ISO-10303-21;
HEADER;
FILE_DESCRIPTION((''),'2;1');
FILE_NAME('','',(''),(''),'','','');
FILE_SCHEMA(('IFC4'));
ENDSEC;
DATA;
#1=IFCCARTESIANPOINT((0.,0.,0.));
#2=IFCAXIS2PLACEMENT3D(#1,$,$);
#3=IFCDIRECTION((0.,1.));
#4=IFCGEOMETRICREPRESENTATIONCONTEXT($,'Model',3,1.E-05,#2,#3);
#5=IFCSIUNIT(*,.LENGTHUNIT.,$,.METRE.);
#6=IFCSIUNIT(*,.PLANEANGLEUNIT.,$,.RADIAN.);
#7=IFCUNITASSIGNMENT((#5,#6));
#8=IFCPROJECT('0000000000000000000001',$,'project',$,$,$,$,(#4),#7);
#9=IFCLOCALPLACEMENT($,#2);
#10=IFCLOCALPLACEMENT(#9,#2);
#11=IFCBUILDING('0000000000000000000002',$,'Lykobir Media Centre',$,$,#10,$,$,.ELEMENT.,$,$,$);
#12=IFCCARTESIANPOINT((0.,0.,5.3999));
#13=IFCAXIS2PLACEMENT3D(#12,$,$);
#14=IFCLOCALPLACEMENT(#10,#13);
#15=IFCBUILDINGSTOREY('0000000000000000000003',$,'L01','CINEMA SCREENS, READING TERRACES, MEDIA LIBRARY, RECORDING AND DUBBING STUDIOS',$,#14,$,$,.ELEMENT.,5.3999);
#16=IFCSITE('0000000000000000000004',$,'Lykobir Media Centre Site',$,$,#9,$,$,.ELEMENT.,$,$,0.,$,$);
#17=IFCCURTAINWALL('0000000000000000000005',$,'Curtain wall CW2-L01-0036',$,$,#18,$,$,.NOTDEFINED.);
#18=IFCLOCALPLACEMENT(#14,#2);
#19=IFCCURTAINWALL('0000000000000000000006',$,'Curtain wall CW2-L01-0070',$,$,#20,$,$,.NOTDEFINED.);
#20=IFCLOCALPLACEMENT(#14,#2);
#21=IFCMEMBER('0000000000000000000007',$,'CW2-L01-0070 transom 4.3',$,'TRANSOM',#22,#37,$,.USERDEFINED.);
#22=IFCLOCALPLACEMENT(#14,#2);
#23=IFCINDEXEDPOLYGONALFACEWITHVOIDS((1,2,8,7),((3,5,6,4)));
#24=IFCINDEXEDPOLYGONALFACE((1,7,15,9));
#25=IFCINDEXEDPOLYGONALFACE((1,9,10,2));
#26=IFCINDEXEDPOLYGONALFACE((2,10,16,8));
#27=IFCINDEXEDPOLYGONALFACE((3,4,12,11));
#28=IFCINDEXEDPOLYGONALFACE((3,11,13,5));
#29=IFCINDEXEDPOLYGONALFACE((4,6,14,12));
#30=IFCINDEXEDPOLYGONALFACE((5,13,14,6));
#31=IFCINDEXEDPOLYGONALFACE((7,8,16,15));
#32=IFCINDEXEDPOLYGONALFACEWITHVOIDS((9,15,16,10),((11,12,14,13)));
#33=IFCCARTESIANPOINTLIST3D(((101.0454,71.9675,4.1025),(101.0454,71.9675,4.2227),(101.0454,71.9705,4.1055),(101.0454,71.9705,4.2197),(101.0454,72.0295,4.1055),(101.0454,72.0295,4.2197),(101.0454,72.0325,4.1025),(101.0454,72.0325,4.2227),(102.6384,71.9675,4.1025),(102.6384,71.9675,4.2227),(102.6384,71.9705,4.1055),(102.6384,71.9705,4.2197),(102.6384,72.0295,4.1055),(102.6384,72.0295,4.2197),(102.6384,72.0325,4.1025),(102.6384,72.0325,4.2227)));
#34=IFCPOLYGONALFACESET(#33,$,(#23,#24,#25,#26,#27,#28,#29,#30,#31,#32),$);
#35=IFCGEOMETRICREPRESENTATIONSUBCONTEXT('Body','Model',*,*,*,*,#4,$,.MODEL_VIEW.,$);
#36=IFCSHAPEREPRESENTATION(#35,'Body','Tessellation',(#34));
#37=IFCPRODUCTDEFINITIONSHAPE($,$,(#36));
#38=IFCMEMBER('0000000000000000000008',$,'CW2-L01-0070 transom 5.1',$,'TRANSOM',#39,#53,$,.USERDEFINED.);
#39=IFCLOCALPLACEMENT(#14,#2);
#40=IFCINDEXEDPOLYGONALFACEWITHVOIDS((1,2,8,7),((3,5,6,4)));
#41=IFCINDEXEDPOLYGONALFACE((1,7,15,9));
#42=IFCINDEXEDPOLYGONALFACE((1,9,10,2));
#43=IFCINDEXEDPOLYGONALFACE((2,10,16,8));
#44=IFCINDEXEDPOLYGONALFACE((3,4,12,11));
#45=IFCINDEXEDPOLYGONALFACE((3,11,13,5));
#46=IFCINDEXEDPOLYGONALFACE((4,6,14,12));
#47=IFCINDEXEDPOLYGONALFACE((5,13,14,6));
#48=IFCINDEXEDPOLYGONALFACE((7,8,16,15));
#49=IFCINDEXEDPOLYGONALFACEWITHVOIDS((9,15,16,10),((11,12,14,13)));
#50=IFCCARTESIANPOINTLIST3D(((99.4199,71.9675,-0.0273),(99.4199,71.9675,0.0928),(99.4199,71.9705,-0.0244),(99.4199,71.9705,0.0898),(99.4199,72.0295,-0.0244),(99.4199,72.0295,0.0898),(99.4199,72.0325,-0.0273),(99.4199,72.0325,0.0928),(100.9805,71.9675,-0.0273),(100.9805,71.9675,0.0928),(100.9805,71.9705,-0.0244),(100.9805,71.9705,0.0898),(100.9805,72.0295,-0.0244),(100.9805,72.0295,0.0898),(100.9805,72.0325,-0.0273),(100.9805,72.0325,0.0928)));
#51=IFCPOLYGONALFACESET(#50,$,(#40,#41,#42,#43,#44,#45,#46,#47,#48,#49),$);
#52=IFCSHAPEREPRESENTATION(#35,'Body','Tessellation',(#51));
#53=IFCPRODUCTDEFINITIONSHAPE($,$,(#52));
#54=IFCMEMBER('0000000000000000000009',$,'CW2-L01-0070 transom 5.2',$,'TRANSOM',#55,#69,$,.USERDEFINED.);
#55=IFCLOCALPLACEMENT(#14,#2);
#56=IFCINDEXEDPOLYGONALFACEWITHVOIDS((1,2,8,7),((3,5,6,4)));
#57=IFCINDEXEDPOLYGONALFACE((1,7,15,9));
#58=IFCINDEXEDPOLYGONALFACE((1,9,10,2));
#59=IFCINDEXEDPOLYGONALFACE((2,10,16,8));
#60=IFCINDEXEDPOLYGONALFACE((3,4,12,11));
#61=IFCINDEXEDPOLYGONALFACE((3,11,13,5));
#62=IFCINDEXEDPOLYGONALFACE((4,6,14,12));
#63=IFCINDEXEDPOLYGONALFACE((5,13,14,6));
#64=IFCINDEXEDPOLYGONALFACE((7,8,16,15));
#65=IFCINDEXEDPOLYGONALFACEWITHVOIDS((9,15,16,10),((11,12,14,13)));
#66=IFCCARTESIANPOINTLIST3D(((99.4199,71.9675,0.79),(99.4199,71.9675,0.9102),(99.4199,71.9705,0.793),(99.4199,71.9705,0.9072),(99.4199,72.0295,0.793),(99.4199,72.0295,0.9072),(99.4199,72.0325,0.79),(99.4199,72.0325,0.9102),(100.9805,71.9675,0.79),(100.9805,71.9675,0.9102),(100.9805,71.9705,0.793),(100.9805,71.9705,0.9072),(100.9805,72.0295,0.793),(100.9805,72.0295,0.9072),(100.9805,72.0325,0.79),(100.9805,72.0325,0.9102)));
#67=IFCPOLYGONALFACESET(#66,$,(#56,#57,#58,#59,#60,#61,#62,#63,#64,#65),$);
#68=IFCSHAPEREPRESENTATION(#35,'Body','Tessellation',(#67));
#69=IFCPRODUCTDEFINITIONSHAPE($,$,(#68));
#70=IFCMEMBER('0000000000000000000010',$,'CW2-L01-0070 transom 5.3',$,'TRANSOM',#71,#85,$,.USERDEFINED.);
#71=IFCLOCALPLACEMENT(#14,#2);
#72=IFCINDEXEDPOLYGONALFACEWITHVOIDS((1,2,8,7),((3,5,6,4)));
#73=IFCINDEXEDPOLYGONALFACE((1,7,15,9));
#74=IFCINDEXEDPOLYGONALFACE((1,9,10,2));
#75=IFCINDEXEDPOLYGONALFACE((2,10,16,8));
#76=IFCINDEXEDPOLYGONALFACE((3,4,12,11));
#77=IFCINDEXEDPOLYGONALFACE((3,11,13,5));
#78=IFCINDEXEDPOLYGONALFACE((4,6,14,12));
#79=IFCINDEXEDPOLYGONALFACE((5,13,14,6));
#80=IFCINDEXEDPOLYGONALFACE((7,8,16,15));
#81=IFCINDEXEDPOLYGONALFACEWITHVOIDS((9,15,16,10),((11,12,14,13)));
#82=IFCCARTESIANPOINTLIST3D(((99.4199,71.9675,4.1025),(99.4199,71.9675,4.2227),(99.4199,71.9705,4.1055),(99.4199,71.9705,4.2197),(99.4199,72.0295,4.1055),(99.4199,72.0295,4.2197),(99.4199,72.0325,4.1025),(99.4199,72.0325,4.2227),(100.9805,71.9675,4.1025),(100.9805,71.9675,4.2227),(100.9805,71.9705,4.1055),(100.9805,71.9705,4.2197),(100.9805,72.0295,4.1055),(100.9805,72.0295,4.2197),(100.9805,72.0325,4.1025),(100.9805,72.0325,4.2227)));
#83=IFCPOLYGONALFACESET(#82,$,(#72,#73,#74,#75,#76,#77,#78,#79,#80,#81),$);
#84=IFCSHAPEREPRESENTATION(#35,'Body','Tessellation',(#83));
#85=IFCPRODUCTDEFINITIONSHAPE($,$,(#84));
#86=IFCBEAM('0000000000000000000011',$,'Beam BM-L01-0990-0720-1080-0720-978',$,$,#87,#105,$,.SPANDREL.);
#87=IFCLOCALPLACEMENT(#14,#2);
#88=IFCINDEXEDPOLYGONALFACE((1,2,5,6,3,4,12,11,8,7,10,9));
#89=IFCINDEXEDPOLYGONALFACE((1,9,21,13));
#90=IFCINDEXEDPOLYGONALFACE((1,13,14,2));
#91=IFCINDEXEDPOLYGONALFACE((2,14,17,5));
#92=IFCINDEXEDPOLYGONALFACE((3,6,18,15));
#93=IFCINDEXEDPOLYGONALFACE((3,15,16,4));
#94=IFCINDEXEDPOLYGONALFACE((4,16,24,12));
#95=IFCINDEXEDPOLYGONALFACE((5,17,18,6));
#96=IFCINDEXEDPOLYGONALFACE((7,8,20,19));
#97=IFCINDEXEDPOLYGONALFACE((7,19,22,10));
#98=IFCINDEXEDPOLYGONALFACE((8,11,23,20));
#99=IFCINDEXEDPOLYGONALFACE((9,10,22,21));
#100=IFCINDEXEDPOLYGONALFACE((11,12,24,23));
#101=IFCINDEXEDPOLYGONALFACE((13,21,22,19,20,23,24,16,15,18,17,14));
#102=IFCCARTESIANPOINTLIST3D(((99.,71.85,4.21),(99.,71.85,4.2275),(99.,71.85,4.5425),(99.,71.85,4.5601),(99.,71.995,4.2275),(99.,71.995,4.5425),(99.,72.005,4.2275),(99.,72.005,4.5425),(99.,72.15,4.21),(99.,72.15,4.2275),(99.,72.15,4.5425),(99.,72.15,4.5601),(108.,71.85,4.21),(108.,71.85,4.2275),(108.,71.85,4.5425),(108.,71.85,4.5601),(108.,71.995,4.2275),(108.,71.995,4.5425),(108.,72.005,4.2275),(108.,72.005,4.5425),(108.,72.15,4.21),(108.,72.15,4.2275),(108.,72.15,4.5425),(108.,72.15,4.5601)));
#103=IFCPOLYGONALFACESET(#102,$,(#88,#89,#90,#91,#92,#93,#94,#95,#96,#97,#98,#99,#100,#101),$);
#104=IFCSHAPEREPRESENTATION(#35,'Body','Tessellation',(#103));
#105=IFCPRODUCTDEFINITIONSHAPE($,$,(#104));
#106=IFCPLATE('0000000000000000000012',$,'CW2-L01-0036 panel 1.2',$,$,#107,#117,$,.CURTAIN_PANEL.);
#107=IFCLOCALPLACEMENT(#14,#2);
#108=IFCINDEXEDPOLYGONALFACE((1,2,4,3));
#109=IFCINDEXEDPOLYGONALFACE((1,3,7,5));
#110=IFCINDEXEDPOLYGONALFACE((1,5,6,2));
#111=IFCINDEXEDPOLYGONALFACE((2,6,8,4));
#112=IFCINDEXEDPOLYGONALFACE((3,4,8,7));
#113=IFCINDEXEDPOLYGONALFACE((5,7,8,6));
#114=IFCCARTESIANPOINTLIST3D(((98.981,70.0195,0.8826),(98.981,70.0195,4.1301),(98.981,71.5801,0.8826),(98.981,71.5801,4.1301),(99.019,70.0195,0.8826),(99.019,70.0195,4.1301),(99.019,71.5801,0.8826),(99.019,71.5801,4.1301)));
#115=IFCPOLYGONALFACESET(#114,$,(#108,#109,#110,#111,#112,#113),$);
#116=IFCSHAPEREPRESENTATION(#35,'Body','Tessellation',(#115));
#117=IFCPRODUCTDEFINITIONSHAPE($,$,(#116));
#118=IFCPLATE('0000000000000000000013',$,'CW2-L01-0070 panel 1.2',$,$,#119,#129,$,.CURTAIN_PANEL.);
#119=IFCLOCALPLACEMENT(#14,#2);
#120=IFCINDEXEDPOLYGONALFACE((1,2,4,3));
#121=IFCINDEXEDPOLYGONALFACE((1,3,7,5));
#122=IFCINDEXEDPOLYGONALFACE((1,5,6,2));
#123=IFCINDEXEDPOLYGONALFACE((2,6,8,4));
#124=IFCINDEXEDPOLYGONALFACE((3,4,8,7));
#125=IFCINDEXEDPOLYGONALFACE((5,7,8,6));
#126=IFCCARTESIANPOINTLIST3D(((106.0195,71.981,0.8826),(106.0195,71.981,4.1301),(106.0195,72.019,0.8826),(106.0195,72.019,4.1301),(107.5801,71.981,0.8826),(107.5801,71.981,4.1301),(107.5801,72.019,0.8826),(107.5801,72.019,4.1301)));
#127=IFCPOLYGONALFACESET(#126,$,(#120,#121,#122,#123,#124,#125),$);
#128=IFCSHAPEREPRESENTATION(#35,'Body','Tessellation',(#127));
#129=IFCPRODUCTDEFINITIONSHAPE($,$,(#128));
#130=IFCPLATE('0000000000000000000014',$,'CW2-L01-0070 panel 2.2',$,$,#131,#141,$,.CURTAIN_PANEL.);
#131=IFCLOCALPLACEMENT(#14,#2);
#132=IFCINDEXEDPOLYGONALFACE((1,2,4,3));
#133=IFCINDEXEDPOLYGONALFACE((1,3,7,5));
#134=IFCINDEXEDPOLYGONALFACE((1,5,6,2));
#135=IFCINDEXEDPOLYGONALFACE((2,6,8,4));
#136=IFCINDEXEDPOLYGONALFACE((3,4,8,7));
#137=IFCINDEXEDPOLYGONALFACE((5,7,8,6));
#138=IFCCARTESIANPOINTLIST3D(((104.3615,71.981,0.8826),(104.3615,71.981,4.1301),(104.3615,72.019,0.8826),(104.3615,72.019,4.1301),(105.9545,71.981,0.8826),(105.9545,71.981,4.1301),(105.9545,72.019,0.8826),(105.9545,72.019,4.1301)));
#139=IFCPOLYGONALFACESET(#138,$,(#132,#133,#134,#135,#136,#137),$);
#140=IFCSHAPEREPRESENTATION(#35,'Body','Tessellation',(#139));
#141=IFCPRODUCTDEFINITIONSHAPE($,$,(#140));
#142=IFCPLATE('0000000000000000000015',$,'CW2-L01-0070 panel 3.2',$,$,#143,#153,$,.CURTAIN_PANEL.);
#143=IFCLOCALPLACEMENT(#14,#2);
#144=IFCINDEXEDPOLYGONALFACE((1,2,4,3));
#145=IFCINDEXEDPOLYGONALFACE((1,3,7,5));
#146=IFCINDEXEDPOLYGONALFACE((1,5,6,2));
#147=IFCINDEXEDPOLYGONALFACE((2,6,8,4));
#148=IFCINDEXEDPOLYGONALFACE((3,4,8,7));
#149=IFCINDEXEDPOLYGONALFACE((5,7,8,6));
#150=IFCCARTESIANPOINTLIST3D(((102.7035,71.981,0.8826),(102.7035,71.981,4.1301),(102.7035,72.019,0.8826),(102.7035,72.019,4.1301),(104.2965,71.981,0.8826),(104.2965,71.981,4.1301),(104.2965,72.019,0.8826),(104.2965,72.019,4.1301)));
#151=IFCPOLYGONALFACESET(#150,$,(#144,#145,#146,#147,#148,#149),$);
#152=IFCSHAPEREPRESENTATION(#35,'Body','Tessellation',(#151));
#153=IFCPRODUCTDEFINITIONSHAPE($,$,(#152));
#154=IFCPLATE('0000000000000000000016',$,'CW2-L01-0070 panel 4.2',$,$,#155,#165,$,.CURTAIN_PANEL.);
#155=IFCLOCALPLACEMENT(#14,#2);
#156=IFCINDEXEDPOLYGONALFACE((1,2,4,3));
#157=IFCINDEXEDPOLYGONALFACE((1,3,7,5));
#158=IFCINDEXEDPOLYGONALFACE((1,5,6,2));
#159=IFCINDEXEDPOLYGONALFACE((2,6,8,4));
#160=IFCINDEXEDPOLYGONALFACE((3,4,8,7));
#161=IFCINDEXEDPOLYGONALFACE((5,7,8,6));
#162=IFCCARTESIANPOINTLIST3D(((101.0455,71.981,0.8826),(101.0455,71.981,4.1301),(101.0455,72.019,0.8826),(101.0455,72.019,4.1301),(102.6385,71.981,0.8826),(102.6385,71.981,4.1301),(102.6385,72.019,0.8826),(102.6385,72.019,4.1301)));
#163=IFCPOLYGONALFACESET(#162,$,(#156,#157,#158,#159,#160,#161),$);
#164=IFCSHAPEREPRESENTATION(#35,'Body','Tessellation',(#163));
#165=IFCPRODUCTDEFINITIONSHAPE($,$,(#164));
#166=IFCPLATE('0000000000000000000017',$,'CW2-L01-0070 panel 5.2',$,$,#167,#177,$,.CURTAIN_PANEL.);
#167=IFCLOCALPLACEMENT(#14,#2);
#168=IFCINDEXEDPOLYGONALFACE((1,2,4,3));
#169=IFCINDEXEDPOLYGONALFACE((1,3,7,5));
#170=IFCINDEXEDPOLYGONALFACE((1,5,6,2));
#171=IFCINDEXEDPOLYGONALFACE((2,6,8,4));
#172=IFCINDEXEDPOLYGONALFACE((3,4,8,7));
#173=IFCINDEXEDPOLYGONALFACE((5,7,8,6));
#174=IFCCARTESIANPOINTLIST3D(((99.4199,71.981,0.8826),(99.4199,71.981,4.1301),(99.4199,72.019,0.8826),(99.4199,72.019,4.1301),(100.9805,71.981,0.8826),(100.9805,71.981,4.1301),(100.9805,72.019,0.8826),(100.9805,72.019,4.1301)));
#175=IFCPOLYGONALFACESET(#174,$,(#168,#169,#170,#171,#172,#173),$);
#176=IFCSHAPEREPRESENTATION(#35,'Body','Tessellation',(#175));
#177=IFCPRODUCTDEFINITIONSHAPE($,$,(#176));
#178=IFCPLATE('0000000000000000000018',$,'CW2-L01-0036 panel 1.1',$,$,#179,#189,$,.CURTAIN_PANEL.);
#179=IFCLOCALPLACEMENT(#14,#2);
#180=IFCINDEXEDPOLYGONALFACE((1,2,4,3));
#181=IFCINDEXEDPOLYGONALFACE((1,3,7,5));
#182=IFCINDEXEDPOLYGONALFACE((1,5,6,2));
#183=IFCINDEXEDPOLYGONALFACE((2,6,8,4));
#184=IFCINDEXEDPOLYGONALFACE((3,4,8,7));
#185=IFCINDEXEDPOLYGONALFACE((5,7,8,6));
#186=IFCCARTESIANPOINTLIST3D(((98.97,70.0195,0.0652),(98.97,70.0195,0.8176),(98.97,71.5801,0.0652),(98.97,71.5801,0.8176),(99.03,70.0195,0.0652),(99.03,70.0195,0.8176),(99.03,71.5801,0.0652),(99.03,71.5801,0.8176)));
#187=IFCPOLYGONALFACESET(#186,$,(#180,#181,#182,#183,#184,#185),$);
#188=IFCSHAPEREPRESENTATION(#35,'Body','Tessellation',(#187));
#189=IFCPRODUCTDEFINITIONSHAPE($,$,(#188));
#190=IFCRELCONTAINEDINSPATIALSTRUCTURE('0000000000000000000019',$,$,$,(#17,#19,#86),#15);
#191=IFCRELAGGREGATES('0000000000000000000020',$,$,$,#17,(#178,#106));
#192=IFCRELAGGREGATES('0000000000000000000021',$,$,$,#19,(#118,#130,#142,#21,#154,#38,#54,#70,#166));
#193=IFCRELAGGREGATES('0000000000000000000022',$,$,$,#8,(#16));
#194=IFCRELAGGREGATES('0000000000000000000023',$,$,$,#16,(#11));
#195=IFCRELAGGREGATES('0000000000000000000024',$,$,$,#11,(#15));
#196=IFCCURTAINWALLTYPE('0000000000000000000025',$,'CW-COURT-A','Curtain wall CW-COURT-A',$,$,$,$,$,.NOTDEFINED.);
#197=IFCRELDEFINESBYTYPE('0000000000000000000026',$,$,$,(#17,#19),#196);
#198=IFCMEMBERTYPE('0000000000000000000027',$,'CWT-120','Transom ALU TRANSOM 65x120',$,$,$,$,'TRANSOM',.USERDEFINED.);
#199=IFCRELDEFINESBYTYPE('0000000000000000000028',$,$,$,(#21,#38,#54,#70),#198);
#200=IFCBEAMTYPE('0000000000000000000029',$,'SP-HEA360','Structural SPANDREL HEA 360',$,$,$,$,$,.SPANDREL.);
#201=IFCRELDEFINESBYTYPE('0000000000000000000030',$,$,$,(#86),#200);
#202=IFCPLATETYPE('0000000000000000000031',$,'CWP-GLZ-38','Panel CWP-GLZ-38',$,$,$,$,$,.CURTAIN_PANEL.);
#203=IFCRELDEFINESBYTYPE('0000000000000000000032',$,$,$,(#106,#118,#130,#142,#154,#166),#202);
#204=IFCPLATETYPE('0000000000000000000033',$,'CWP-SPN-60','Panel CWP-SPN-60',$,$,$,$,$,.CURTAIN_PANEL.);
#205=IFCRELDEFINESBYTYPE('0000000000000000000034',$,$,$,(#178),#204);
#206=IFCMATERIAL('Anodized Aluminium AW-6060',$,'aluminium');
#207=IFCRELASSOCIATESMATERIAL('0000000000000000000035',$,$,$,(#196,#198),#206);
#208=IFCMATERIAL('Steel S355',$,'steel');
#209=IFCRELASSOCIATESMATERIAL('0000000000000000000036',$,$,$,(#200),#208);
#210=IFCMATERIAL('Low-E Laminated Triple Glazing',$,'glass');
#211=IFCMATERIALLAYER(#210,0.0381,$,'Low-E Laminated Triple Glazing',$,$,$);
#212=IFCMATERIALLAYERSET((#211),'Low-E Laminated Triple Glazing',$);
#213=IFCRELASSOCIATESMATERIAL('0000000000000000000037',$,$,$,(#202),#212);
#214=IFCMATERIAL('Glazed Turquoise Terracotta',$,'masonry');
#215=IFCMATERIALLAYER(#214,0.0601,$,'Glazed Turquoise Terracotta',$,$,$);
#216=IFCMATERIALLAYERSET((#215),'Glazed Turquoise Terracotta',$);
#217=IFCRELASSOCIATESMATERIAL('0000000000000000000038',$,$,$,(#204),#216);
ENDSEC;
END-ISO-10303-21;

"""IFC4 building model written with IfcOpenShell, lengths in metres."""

from ifc_helpers import new_model, si_unit, direction, frame, origin, origin_2d, place, context, subcontext, project, spatial, rectangle, hollow_rectangle, i_section, extrude, material, layer, layer_set, material_profile, profile_set, type_object, element, aggregate, save


model = new_model("IFC4")

# Units and contexts
model_context = context("Model", 3, precision=1e-05, world=origin(), true_north=direction((0.0, 1.0)))
body_context = subcontext(model_context, "Body", "Model", "MODEL_VIEW")
ifc_project = project(units=[si_unit("LENGTHUNIT", "METRE"), si_unit("PLANEANGLEUNIT", "RADIAN")], contexts=[model_context])

# Site, building, storey
site_placement = place(None, origin())
site = spatial("IfcSite", under=ifc_project, at=site_placement, Name="Lykobir Media Centre Site", CompositionType="ELEMENT", RefElevation=0.0)
building_placement = place(site_placement, origin())
building = spatial("IfcBuilding", under=site, at=building_placement, Name="Lykobir Media Centre", CompositionType="ELEMENT")
storey_placement = place(building_placement, frame((0.0, 0.0, 5.3999)))
storey = spatial("IfcBuildingStorey", under=building, at=storey_placement, Name="L01", Description="CINEMA SCREENS, READING TERRACES, MEDIA LIBRARY, RECORDING AND DUBBING STUDIOS", CompositionType="ELEMENT", Elevation=5.3999)

# Shared definitions
ifc_material_1 = material(Name="Steel S355", Category="steel")

# Curtain walls
ifc_material_2 = material(Name="Anodized Aluminium AW-6060", Category="aluminium")
curtain_wall_type = type_object("IfcCurtainWallType", Name="CW-COURT-A", Description="Curtain wall CW-COURT-A", PredefinedType="NOTDEFINED", material=ifc_material_2)
curtain_wall_1_placement = place(storey_placement, origin())
curtain_wall_1 = element("IfcCurtainWall", 1, at=curtain_wall_1_placement, inside=storey, type_object=curtain_wall_type, Name="Curtain wall CW2-L01-0036", PredefinedType="NOTDEFINED")
curtain_wall_2_placement = place(storey_placement, origin())
curtain_wall_2 = element("IfcCurtainWall", 2, at=curtain_wall_2_placement, inside=storey, type_object=curtain_wall_type, Name="Curtain wall CW2-L01-0070", PredefinedType="NOTDEFINED")

# Members
ifc_material_profile_1 = material_profile(ifc_material_2, hollow_rectangle(XDim=0.0649, YDim=0.1201, WallThickness=0.0029, at=origin_2d()), Name="ALU TRANSOM 65x120")
ifc_profile_set_1 = profile_set([ifc_material_profile_1], Name="Anodized Aluminium AW-6060")
member_type_1 = type_object("IfcMemberType", Name="CWT-120", Description="Transom ALU TRANSOM 65x120", ElementType="TRANSOM", PredefinedType="USERDEFINED", material=ifc_profile_set_1)
member_1_placement = place(storey_placement, frame((102.6384, 72.0, 4.1626), z_axis=(-1.0, 0.0, 0.0), x_axis=(0.0, -1.0, 0.0)))
member_1 = element("IfcMember", 3, at=member_1_placement, type_object=member_type_1, Name="CW2-L01-0070 transom 4.3", ObjectType="TRANSOM", PredefinedType="USERDEFINED", context=body_context, shape_type="SweptSolid", body=[
    extrude(hollow_rectangle(XDim=0.0649, YDim=0.1201, WallThickness=0.0029, at=origin_2d()), origin(), (0.0, 0.0, 1.0), 1.593),
])
member_2_placement = place(storey_placement, frame((100.9805, 72.0, 0.0327), z_axis=(-1.0, 0.0, 0.0), x_axis=(0.0, -1.0, 0.0)))
member_2 = element("IfcMember", 4, at=member_2_placement, type_object=member_type_1, Name="CW2-L01-0070 transom 5.1", ObjectType="TRANSOM", PredefinedType="USERDEFINED", context=body_context, shape_type="SweptSolid", body=[
    extrude(hollow_rectangle(XDim=0.0649, YDim=0.1201, WallThickness=0.0029, at=origin_2d()), origin(), (0.0, 0.0, 1.0), 1.5605),
])
member_3_placement = place(storey_placement, frame((100.9805, 72.0, 0.8501), z_axis=(-1.0, 0.0, 0.0), x_axis=(0.0, -1.0, 0.0)))
member_3 = element("IfcMember", 5, at=member_3_placement, type_object=member_type_1, Name="CW2-L01-0070 transom 5.2", ObjectType="TRANSOM", PredefinedType="USERDEFINED", context=body_context, shape_type="SweptSolid", body=[
    extrude(hollow_rectangle(XDim=0.0649, YDim=0.1201, WallThickness=0.0029, at=origin_2d()), origin(), (0.0, 0.0, 1.0), 1.5605),
])
member_4_placement = place(storey_placement, frame((100.9805, 72.0, 4.1626), z_axis=(-1.0, 0.0, 0.0), x_axis=(0.0, -1.0, 0.0)))
member_4 = element("IfcMember", 6, at=member_4_placement, type_object=member_type_1, Name="CW2-L01-0070 transom 5.3", ObjectType="TRANSOM", PredefinedType="USERDEFINED", context=body_context, shape_type="SweptSolid", body=[
    extrude(hollow_rectangle(XDim=0.0649, YDim=0.1201, WallThickness=0.0029, at=origin_2d()), origin(), (0.0, 0.0, 1.0), 1.5605),
])

# Beam
ifc_material_profile_2 = material_profile(ifc_material_1, i_section(OverallWidth=0.3, OverallDepth=0.3501, WebThickness=0.01, FlangeThickness=0.0176, at=origin_2d()), Name="HEA 360")
ifc_profile_set_2 = profile_set([ifc_material_profile_2], Name="Steel S355")
beam_type_1 = type_object("IfcBeamType", Name="SP-HEA360", Description="Structural SPANDREL HEA 360", PredefinedType="SPANDREL", material=ifc_profile_set_2)
beam_1_placement = place(storey_placement, frame((99.0, 72.0, 4.385), z_axis=(1.0, 0.0, 0.0), x_axis=(0.0, 1.0, 0.0)))
element("IfcBeam", 7, at=beam_1_placement, inside=storey, type_object=beam_type_1, Name="Beam BM-L01-0990-0720-1080-0720-978", PredefinedType="SPANDREL", context=body_context, shape_type="SweptSolid", body=[
    extrude(i_section(OverallWidth=0.3, OverallDepth=0.3501, WebThickness=0.01, FlangeThickness=0.0176, at=origin_2d()), origin(), (0.0, 0.0, 1.0), 9.0),
])

# Plates
ifc_material_3 = material(Name="Low-E Laminated Triple Glazing", Category="glass")
ifc_layer_1 = layer(ifc_material_3, 0.0381, Name="Low-E Laminated Triple Glazing")
ifc_layer_set_1 = layer_set([ifc_layer_1], Name="Low-E Laminated Triple Glazing")
plate_type_1 = type_object("IfcPlateType", Name="CWP-GLZ-38", Description="Panel CWP-GLZ-38", PredefinedType="CURTAIN_PANEL", material=ifc_layer_set_1)
plate_1_placement = place(storey_placement, frame((99.0, 70.7998, 0.8826), z_axis=(0.0, 0.0, 1.0), x_axis=(0.0, -1.0, 0.0)))
plate_1 = element("IfcPlate", 8, at=plate_1_placement, type_object=plate_type_1, Name="CW2-L01-0036 panel 1.2", PredefinedType="CURTAIN_PANEL", context=body_context, shape_type="SweptSolid", body=[
    extrude(rectangle(XDim=1.5605, YDim=0.0381, at=origin_2d()), origin(), (0.0, 0.0, 1.0), 3.2476),
])
plate_2_placement = place(storey_placement, frame((106.7998, 72.0, 0.8826), z_axis=(0.0, 0.0, 1.0), x_axis=(-1.0, 0.0, 0.0)))
plate_2 = element("IfcPlate", 9, at=plate_2_placement, type_object=plate_type_1, Name="CW2-L01-0070 panel 1.2", PredefinedType="CURTAIN_PANEL", context=body_context, shape_type="SweptSolid", body=[
    extrude(rectangle(XDim=1.5605, YDim=0.0381, at=origin_2d()), origin(), (0.0, 0.0, 1.0), 3.2476),
])
plate_3_placement = place(storey_placement, frame((105.158, 72.0, 0.8826), z_axis=(0.0, 0.0, 1.0), x_axis=(-1.0, 0.0, 0.0)))
plate_3 = element("IfcPlate", 10, at=plate_3_placement, type_object=plate_type_1, Name="CW2-L01-0070 panel 2.2", PredefinedType="CURTAIN_PANEL", context=body_context, shape_type="SweptSolid", body=[
    extrude(rectangle(XDim=1.593, YDim=0.0381, at=origin_2d()), origin(), (0.0, 0.0, 1.0), 3.2476),
])
plate_4_placement = place(storey_placement, frame((103.5, 72.0, 0.8826), z_axis=(0.0, 0.0, 1.0), x_axis=(-1.0, 0.0, 0.0)))
plate_4 = element("IfcPlate", 11, at=plate_4_placement, type_object=plate_type_1, Name="CW2-L01-0070 panel 3.2", PredefinedType="CURTAIN_PANEL", context=body_context, shape_type="SweptSolid", body=[
    extrude(rectangle(XDim=1.593, YDim=0.0381, at=origin_2d()), origin(), (0.0, 0.0, 1.0), 3.2476),
])
plate_5_placement = place(storey_placement, frame((101.842, 72.0, 0.8826), z_axis=(0.0, 0.0, 1.0), x_axis=(-1.0, 0.0, 0.0)))
plate_5 = element("IfcPlate", 12, at=plate_5_placement, type_object=plate_type_1, Name="CW2-L01-0070 panel 4.2", PredefinedType="CURTAIN_PANEL", context=body_context, shape_type="SweptSolid", body=[
    extrude(rectangle(XDim=1.593, YDim=0.0381, at=origin_2d()), origin(), (0.0, 0.0, 1.0), 3.2476),
])
plate_6_placement = place(storey_placement, frame((100.2002, 72.0, 0.8826), z_axis=(0.0, 0.0, 1.0), x_axis=(-1.0, 0.0, 0.0)))
plate_6 = element("IfcPlate", 13, at=plate_6_placement, type_object=plate_type_1, Name="CW2-L01-0070 panel 5.2", PredefinedType="CURTAIN_PANEL", context=body_context, shape_type="SweptSolid", body=[
    extrude(rectangle(XDim=1.5605, YDim=0.0381, at=origin_2d()), origin(), (0.0, 0.0, 1.0), 3.2476),
])
ifc_material_4 = material(Name="Glazed Turquoise Terracotta", Category="masonry")
ifc_layer_2 = layer(ifc_material_4, 0.0601, Name="Glazed Turquoise Terracotta")
ifc_layer_set_2 = layer_set([ifc_layer_2], Name="Glazed Turquoise Terracotta")
plate_type_2 = type_object("IfcPlateType", Name="CWP-SPN-60", Description="Panel CWP-SPN-60", PredefinedType="CURTAIN_PANEL", material=ifc_layer_set_2)
plate_7_placement = place(storey_placement, frame((99.0, 70.7998, 0.0652), z_axis=(0.0, 0.0, 1.0), x_axis=(0.0, -1.0, 0.0)))
plate_7 = element("IfcPlate", 14, at=plate_7_placement, type_object=plate_type_2, Name="CW2-L01-0036 panel 1.1", PredefinedType="CURTAIN_PANEL", context=body_context, shape_type="SweptSolid", body=[
    extrude(rectangle(XDim=1.5605, YDim=0.0601, at=origin_2d()), origin(), (0.0, 0.0, 1.0), 0.7524),
])
aggregate(curtain_wall_1, [plate_7, plate_1])
aggregate(curtain_wall_2, [plate_2, plate_3, plate_4, member_1, plate_5, member_2, member_3, member_4, plate_6])

save(model, "model.ifc")
